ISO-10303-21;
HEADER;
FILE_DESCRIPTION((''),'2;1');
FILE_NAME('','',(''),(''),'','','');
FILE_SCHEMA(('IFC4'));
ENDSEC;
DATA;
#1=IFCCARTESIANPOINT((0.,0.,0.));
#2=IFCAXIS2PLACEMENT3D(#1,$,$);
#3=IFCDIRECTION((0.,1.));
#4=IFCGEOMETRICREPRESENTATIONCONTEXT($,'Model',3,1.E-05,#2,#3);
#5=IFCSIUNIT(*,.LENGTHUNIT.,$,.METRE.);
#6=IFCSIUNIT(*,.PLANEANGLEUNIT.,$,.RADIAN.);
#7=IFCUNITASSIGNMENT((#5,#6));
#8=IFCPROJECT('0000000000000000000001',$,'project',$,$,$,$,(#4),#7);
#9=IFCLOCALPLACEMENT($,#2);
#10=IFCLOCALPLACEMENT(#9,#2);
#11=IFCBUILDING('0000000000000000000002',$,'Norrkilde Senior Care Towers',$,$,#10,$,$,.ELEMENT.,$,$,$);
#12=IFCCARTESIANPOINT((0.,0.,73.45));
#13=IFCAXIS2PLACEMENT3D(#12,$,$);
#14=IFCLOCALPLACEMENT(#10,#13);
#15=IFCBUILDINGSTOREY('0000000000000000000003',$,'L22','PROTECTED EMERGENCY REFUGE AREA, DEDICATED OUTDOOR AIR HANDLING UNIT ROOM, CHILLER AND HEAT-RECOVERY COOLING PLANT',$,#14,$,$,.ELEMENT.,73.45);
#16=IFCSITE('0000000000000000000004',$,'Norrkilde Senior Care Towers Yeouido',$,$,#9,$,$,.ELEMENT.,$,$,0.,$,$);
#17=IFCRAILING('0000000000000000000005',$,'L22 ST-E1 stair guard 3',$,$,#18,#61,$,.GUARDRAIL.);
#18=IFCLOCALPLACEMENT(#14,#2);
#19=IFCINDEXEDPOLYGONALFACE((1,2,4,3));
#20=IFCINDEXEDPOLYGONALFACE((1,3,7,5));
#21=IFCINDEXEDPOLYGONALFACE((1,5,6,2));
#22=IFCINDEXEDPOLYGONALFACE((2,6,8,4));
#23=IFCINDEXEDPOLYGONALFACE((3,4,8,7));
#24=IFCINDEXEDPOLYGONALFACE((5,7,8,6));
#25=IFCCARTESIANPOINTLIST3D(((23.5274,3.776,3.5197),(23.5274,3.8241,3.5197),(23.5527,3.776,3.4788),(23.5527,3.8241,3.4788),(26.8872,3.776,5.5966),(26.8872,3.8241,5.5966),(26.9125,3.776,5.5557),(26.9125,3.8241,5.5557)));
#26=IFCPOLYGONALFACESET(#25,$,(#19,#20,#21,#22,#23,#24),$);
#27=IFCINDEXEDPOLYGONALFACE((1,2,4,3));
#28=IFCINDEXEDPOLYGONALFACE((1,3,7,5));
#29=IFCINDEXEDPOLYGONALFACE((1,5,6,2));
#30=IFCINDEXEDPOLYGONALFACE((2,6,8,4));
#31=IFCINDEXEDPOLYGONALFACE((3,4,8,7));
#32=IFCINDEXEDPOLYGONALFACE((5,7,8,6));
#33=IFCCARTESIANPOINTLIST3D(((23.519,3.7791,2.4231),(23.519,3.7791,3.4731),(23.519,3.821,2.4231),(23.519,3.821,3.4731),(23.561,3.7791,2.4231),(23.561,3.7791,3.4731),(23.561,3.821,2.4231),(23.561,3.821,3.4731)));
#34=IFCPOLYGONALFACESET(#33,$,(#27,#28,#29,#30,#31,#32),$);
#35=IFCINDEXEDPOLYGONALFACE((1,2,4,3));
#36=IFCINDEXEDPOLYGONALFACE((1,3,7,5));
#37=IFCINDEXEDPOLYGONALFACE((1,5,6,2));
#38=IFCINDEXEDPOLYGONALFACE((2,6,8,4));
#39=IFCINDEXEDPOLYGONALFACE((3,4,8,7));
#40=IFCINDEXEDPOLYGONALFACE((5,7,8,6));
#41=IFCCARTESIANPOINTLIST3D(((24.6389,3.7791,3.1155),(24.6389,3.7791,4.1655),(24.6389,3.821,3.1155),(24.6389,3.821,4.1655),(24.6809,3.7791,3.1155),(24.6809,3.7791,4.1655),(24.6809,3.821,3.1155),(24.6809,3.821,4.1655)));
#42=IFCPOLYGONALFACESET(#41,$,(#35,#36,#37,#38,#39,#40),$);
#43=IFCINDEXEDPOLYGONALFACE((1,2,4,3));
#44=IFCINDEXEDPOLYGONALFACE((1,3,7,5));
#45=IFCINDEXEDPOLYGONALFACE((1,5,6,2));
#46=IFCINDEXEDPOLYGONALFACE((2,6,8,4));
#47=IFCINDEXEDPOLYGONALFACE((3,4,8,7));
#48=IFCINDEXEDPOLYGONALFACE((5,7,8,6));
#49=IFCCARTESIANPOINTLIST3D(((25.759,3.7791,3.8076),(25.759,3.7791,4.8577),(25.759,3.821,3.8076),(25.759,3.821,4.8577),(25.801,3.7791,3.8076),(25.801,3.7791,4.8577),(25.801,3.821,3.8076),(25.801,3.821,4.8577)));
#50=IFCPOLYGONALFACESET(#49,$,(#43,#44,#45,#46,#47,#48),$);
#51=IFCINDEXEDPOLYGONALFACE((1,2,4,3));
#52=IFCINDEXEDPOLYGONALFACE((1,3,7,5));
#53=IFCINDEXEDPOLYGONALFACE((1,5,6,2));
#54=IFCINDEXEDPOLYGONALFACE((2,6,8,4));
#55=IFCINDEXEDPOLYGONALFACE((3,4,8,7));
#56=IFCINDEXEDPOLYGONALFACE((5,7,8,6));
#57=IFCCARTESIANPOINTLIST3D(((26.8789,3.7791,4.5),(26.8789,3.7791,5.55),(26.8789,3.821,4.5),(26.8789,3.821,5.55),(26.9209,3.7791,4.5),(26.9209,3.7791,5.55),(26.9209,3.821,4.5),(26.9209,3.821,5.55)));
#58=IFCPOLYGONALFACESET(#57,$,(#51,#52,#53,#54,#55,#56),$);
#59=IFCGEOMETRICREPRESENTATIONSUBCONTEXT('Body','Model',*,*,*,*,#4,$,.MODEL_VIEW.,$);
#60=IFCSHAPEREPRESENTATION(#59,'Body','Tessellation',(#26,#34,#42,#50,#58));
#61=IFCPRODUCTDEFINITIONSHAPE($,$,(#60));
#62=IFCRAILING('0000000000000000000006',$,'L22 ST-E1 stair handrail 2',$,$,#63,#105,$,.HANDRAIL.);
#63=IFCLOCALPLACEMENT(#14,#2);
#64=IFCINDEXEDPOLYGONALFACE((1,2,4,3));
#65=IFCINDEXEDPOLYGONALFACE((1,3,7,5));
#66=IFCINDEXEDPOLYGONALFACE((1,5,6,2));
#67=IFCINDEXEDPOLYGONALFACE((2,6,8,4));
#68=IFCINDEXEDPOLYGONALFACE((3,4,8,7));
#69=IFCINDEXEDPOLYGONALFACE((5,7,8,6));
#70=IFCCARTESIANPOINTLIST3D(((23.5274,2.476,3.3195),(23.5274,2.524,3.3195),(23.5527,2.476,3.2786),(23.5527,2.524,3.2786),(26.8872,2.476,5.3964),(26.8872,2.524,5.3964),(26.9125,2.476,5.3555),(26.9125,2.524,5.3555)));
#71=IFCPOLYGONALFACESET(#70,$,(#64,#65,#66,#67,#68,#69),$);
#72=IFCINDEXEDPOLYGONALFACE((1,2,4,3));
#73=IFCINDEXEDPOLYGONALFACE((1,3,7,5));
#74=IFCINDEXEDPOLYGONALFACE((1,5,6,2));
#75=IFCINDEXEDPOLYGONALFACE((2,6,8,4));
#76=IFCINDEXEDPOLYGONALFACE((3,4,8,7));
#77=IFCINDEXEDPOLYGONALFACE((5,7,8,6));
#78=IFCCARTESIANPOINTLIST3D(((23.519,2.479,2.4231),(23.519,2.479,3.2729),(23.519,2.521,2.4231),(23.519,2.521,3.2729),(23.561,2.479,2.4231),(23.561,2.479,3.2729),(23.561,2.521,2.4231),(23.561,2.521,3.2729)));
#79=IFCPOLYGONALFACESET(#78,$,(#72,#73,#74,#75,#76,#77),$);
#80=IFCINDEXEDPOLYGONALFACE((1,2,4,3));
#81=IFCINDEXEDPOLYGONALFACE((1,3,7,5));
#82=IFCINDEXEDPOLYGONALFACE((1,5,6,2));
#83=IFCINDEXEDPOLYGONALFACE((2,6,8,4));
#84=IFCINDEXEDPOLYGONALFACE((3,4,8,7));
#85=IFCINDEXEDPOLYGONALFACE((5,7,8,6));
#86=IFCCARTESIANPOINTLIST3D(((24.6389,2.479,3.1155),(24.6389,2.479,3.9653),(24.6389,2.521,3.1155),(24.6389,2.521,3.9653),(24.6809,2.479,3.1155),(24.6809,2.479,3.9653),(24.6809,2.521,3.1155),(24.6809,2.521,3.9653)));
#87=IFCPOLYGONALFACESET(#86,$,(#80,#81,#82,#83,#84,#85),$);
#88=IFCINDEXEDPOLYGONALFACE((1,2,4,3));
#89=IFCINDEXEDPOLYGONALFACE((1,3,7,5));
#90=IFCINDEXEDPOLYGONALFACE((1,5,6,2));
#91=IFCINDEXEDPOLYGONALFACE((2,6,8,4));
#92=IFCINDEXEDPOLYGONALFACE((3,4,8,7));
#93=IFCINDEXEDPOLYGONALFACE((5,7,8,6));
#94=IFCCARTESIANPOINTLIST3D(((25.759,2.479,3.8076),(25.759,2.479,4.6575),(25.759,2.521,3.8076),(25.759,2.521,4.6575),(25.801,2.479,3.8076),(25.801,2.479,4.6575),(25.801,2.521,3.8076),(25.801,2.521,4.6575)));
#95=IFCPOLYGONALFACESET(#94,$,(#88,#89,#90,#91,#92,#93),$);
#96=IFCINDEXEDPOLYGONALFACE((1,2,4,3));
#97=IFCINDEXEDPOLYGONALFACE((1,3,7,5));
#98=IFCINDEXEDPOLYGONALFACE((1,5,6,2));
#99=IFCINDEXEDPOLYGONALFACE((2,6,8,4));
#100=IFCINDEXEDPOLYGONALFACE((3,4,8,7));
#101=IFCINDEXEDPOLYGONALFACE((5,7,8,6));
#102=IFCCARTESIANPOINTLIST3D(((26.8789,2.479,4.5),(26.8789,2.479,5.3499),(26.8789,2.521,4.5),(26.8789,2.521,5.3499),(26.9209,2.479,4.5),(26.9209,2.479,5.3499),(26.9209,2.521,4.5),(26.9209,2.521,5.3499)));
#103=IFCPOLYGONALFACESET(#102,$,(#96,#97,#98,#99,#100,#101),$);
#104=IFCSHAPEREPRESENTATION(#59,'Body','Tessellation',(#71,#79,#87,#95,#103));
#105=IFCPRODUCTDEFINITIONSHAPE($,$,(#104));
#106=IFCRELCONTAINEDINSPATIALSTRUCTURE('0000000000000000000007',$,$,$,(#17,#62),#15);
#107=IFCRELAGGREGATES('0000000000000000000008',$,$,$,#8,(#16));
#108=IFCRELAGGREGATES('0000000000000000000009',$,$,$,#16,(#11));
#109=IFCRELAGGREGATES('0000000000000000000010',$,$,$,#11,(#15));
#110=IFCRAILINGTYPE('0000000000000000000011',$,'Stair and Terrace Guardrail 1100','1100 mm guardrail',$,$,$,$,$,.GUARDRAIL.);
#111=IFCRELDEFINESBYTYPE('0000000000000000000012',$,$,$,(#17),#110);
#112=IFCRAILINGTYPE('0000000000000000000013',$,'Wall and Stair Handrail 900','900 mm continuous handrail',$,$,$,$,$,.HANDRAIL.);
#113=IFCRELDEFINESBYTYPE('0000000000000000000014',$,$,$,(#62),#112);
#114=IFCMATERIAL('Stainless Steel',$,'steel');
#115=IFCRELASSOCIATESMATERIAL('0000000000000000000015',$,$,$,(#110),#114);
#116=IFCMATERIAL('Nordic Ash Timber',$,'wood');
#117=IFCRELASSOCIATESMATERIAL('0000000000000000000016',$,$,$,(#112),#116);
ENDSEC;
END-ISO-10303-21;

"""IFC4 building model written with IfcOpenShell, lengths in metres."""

from ifc_helpers import new_model, si_unit, direction, frame, origin, origin_2d, place, context, subcontext, project, spatial, rectangle, extrude, material, type_object, element, save


model = new_model("IFC4")

# Units and contexts
model_context = context("Model", 3, precision=1e-05, world=origin(), true_north=direction((0.0, 1.0)))
body_context = subcontext(model_context, "Body", "Model", "MODEL_VIEW")
ifc_project = project(units=[si_unit("LENGTHUNIT", "METRE"), si_unit("PLANEANGLEUNIT", "RADIAN")], contexts=[model_context])

# Site, building, storey
site_placement = place(None, origin())
site = spatial("IfcSite", under=ifc_project, at=site_placement, Name="Norrkilde Senior Care Towers Yeouido", CompositionType="ELEMENT", RefElevation=0.0)
building_placement = place(site_placement, origin())
building = spatial("IfcBuilding", under=site, at=building_placement, Name="Norrkilde Senior Care Towers", CompositionType="ELEMENT")
storey_placement = place(building_placement, frame((0.0, 0.0, 73.45)))
storey = spatial("IfcBuildingStorey", under=building, at=storey_placement, Name="L22", Description="PROTECTED EMERGENCY REFUGE AREA, DEDICATED OUTDOOR AIR HANDLING UNIT ROOM, CHILLER AND HEAT-RECOVERY COOLING PLANT", CompositionType="ELEMENT", Elevation=73.45)

# Railings
ifc_material_1 = material(Name="Stainless Steel", Category="steel")
railing_type_1 = type_object("IfcRailingType", Name="Stair and Terrace Guardrail 1100", Description="1100 mm guardrail", PredefinedType="GUARDRAIL", material=ifc_material_1)
railing_1_placement = place(storey_placement, frame((23.54, 3.8, 2.4231)))
element("IfcRailing", 1, at=railing_1_placement, inside=storey, type_object=railing_type_1, Name="L22 ST-E1 stair guard 3", PredefinedType="GUARDRAIL", context=body_context, shape_type="SweptSolid", body=[
    extrude(rectangle(XDim=0.0481, YDim=0.0481, at=origin_2d()), frame((0.0, 0.0, 1.0762), z_axis=(0.850606, 0.0, 0.525803), x_axis=(0.0, 1.0, 0.0)), (0.0, 0.0, 1.0), 3.95),
    extrude(rectangle(XDim=0.042, YDim=0.042, at=origin_2d()), origin(), (0.0, 0.0, 1.0), 1.05),
    extrude(rectangle(XDim=0.042, YDim=0.042, at=origin_2d()), frame((1.1199, 0.0, 0.6924)), (0.0, 0.0, 1.0), 1.05),
    extrude(rectangle(XDim=0.042, YDim=0.042, at=origin_2d()), frame((2.24, 0.0, 1.3845)), (0.0, 0.0, 1.0), 1.05),
    extrude(rectangle(XDim=0.042, YDim=0.042, at=origin_2d()), frame((3.3599, 0.0, 2.0769)), (0.0, 0.0, 1.0), 1.05),
])
ifc_material_2 = material(Name="Nordic Ash Timber", Category="wood")
railing_type_2 = type_object("IfcRailingType", Name="Wall and Stair Handrail 900", Description="900 mm continuous handrail", PredefinedType="HANDRAIL", material=ifc_material_2)
railing_2_placement = place(storey_placement, frame((23.54, 2.5, 2.4231)))
element("IfcRailing", 2, at=railing_2_placement, inside=storey, type_object=railing_type_2, Name="L22 ST-E1 stair handrail 2", PredefinedType="HANDRAIL", context=body_context, shape_type="SweptSolid", body=[
    extrude(rectangle(XDim=0.0481, YDim=0.0481, at=origin_2d()), frame((0.0, 0.0, 0.876), z_axis=(0.850606, 0.0, 0.525803), x_axis=(0.0, 1.0, 0.0)), (0.0, 0.0, 1.0), 3.95),
    extrude(rectangle(XDim=0.042, YDim=0.042, at=origin_2d()), origin(), (0.0, 0.0, 1.0), 0.8499),
    extrude(rectangle(XDim=0.042, YDim=0.042, at=origin_2d()), frame((1.1199, 0.0, 0.6924)), (0.0, 0.0, 1.0), 0.8499),
    extrude(rectangle(XDim=0.042, YDim=0.042, at=origin_2d()), frame((2.24, 0.0, 1.3845)), (0.0, 0.0, 1.0), 0.8499),
    extrude(rectangle(XDim=0.042, YDim=0.042, at=origin_2d()), frame((3.3599, 0.0, 2.0769)), (0.0, 0.0, 1.0), 0.8499),
])

save(model, "model.ifc")
